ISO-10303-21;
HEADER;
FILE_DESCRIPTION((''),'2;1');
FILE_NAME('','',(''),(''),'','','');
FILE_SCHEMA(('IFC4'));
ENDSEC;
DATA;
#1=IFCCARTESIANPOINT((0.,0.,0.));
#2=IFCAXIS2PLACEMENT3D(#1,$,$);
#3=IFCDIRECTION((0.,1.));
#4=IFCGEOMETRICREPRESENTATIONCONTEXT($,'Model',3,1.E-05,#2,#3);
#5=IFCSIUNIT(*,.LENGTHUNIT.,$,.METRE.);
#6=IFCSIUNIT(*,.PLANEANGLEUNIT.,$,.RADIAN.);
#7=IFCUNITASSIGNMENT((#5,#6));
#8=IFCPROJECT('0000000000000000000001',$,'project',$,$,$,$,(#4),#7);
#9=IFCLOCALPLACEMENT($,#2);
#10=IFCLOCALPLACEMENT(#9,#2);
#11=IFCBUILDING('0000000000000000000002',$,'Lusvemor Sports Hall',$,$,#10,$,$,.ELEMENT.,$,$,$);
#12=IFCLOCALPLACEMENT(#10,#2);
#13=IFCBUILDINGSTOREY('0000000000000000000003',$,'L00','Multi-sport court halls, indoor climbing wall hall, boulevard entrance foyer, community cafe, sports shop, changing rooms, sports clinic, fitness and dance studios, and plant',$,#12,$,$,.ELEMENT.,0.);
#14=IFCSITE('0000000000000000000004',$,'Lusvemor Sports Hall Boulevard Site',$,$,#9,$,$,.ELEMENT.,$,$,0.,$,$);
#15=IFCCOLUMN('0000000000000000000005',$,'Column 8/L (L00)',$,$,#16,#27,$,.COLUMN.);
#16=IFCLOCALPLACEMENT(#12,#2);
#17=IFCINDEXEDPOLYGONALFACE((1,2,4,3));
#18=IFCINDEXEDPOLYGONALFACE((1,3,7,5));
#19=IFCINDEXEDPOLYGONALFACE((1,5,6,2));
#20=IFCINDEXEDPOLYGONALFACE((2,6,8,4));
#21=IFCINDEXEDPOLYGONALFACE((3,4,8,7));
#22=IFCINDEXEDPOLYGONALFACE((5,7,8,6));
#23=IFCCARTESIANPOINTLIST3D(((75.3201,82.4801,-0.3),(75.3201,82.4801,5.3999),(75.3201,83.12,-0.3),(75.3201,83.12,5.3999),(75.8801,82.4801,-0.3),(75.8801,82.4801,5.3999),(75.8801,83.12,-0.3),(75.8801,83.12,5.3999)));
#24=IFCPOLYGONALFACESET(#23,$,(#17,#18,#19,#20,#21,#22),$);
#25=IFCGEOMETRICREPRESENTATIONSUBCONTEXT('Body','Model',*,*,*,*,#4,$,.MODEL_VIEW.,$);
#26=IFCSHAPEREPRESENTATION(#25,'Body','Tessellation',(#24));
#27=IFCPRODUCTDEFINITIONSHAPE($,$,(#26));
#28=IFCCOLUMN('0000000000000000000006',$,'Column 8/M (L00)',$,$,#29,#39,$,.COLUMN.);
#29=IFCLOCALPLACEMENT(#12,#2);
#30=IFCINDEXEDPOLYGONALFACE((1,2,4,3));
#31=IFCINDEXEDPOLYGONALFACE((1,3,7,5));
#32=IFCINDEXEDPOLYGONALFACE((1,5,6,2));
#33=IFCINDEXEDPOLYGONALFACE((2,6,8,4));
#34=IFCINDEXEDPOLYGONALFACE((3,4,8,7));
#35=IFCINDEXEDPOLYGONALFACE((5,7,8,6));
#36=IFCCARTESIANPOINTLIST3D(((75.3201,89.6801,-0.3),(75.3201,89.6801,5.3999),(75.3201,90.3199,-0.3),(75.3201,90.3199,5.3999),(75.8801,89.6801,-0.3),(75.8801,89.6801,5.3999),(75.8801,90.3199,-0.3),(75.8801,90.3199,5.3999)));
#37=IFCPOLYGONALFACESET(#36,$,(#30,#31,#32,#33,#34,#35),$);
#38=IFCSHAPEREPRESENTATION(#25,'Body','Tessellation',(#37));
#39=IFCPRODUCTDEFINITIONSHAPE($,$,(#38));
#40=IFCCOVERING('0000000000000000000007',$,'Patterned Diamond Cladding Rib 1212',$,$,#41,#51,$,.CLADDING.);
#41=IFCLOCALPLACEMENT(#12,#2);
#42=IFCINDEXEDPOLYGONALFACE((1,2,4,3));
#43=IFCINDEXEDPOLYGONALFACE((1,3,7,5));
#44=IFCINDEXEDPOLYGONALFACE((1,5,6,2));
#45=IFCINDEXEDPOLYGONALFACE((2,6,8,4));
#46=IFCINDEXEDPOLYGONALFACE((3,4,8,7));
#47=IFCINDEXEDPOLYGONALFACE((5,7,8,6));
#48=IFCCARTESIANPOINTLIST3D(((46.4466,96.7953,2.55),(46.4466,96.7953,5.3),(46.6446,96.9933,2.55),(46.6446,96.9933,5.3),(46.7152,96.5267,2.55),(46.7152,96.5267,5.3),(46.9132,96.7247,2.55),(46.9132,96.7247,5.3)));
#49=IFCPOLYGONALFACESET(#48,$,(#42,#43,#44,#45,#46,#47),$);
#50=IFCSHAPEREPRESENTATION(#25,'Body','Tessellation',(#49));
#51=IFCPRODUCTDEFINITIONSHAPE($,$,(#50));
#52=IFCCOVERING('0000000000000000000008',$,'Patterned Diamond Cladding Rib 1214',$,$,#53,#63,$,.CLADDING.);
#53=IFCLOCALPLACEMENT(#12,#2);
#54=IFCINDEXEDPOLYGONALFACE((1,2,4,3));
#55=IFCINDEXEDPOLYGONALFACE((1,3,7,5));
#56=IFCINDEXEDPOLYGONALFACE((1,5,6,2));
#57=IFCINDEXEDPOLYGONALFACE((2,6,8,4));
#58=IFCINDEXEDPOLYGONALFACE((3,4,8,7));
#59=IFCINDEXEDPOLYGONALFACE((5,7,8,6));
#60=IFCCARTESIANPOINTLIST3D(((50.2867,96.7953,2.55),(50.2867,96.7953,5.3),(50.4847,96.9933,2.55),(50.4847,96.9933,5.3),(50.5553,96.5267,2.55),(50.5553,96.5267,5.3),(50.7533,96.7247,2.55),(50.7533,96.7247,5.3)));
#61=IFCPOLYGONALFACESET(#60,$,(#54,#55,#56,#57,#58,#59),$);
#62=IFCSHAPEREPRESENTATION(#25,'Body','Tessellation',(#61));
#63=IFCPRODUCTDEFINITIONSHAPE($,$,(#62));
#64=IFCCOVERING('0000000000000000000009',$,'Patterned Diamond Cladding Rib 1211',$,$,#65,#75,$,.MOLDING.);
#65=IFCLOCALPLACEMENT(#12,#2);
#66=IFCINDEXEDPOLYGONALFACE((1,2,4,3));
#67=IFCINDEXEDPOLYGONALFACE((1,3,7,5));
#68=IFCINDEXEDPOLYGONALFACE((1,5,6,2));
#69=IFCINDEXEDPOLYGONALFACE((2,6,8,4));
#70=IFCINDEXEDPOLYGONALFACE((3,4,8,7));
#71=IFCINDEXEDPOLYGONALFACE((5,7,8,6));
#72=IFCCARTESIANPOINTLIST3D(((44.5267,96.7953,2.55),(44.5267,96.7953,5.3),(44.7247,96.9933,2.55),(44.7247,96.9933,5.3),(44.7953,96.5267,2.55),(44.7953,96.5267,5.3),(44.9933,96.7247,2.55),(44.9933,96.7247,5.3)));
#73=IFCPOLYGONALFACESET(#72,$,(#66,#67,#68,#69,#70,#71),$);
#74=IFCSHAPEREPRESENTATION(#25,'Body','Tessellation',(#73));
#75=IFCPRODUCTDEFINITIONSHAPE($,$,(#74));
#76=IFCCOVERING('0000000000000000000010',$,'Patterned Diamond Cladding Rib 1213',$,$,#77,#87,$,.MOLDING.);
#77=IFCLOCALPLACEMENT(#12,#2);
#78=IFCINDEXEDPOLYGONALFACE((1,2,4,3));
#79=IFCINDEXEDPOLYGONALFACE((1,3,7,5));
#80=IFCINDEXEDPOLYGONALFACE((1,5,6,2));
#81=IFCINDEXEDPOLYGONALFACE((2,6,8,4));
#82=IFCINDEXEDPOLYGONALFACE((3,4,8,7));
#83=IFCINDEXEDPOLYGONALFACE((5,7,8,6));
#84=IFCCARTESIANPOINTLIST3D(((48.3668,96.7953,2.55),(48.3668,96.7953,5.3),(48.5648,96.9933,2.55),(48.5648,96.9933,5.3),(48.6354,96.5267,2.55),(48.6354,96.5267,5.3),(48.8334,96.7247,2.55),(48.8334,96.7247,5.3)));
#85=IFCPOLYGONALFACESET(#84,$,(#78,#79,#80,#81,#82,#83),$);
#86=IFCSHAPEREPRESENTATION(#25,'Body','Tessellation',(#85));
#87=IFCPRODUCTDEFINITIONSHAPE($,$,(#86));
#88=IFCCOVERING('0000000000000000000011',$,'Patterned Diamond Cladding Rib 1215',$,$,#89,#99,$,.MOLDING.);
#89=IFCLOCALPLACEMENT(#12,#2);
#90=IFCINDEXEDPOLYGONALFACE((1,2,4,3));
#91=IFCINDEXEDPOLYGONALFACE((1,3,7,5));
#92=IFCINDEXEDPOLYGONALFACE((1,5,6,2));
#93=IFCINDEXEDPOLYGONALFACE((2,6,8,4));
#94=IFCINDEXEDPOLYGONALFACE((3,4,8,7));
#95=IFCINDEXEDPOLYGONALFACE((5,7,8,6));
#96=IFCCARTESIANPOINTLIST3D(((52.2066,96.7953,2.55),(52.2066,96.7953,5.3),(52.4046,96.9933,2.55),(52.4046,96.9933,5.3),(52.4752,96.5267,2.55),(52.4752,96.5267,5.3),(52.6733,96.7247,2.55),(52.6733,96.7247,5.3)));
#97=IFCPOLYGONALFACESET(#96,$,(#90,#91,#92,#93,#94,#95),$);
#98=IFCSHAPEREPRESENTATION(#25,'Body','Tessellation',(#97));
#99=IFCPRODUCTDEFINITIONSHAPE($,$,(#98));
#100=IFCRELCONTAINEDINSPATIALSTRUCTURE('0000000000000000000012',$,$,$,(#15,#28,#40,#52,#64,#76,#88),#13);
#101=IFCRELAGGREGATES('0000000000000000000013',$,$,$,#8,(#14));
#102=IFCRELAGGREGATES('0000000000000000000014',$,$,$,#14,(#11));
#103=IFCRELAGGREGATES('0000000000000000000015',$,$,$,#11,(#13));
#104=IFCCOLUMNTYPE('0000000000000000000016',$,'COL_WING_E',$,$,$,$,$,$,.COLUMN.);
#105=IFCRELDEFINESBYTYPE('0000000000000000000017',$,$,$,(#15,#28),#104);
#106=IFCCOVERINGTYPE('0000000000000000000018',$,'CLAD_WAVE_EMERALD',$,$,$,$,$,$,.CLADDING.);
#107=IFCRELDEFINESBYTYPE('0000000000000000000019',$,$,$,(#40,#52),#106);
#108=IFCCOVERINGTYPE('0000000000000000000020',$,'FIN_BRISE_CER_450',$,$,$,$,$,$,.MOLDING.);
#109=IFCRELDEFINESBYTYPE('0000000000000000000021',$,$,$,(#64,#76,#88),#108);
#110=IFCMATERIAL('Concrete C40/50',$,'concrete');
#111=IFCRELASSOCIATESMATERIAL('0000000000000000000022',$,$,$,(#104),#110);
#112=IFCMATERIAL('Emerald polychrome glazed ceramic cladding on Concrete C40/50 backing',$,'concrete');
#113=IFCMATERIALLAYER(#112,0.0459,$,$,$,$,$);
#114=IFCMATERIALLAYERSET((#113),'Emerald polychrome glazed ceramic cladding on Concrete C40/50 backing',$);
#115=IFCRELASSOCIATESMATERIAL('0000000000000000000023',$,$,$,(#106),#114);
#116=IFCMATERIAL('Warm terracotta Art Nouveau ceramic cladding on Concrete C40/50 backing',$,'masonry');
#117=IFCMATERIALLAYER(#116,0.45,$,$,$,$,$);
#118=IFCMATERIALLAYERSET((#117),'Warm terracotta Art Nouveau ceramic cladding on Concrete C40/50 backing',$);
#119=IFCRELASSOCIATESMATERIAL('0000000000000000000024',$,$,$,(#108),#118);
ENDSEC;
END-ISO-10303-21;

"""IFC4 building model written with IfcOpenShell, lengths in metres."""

from ifc_helpers import new_model, si_unit, direction, frame, origin, origin_2d, place, context, subcontext, project, spatial, rectangle, extrude, material, layer, layer_set, material_profile, profile_set, type_object, element, save


model = new_model("IFC4")

# Units and contexts
model_context = context("Model", 3, precision=1e-05, world=origin(), true_north=direction((0.0, 1.0)))
body_context = subcontext(model_context, "Body", "Model", "MODEL_VIEW")
ifc_project = project(units=[si_unit("LENGTHUNIT", "METRE"), si_unit("PLANEANGLEUNIT", "RADIAN")], contexts=[model_context])

# Site, building, storey
site_placement = place(None, origin())
site = spatial("IfcSite", under=ifc_project, at=site_placement, Name="Lusvemor Sports Hall Boulevard Site", CompositionType="ELEMENT", RefElevation=0.0)
building_placement = place(site_placement, origin())
building = spatial("IfcBuilding", under=site, at=building_placement, Name="Lusvemor Sports Hall", CompositionType="ELEMENT")
storey_placement = place(building_placement, origin())
storey = spatial("IfcBuildingStorey", under=building, at=storey_placement, Name="L00", Description="Multi-sport court halls, indoor climbing wall hall, boulevard entrance foyer, community cafe, sports shop, changing rooms, sports clinic, fitness and dance studios, and plant", CompositionType="ELEMENT", Elevation=0.0)

# Columns
ifc_material_1 = material(Name="Concrete C40/50", Category="concrete")
ifc_material_profile_1 = material_profile(ifc_material_1, rectangle(XDim=0.5601, YDim=0.6399, at=origin_2d()), Name="RC560x640")
ifc_profile_set_1 = profile_set([ifc_material_profile_1], Name="Concrete C40/50")
column_type = type_object("IfcColumnType", Name="COL_WING_E", PredefinedType="COLUMN", material=ifc_profile_set_1)
for number, where, z_axis, x_axis, name in (
    (1, (75.6001, 82.8, -0.3), (0.0, 0.0, 1.0), (1.0, 0.0, 0.0), "Column 8/L (L00)"),
    (2, (75.6001, 90.0, -0.3), (0.0, 0.0, 1.0), (1.0, 0.0, 0.0), "Column 8/M (L00)"),
):
    element("IfcColumn", number, at=place(storey_placement, frame(where, z_axis=z_axis, x_axis=x_axis)), inside=storey, type_object=column_type, Name=name, PredefinedType="COLUMN", context=body_context, shape_type="SweptSolid", body=[
        extrude(rectangle(XDim=0.5601, YDim=0.6399, at=origin_2d()), origin(), (0.0, 0.0, 1.0), 5.7),
    ])

# Coverings
ifc_material_2 = material(Name="Emerald polychrome glazed ceramic cladding on Concrete C40/50 backing", Category="concrete")
ifc_layer_1 = layer(ifc_material_2, 0.0459)
ifc_layer_set_1 = layer_set([ifc_layer_1], Name="Emerald polychrome glazed ceramic cladding on Concrete C40/50 backing")
covering_type_1 = type_object("IfcCoveringType", Name="CLAD_WAVE_EMERALD", PredefinedType="CLADDING", material=ifc_layer_set_1)
for number, where, z_axis, x_axis, name in (
    (3, (46.6799, 96.76, 2.55), (0.0, 0.0, 1.0), (0.707107, 0.707107, 0.0), "Patterned Diamond Cladding Rib 1212"),
    (4, (50.52, 96.76, 2.55), (0.0, 0.0, 1.0), (0.707107, 0.707107, 0.0), "Patterned Diamond Cladding Rib 1214"),
):
    element("IfcCovering", number, at=place(storey_placement, frame(where, z_axis=z_axis, x_axis=x_axis)), inside=storey, type_object=covering_type_1, Name=name, PredefinedType="CLADDING", context=body_context, shape_type="SweptSolid", body=[
        extrude(rectangle(XDim=0.28, YDim=0.3799, at=origin_2d()), origin(), (0.0, 0.0, 1.0), 2.75),
    ])
ifc_material_3 = material(Name="Warm terracotta Art Nouveau ceramic cladding on Concrete C40/50 backing", Category="masonry")
ifc_layer_2 = layer(ifc_material_3, 0.45)
ifc_layer_set_2 = layer_set([ifc_layer_2], Name="Warm terracotta Art Nouveau ceramic cladding on Concrete C40/50 backing")
covering_type_2 = type_object("IfcCoveringType", Name="FIN_BRISE_CER_450", PredefinedType="MOLDING", material=ifc_layer_set_2)
for number, where, z_axis, x_axis, name in (
    (5, (44.76, 96.76, 2.55), (0.0, 0.0, 1.0), (0.707107, 0.707107, 0.0), "Patterned Diamond Cladding Rib 1211"),
    (6, (48.6001, 96.76, 2.55), (0.0, 0.0, 1.0), (0.707107, 0.707107, 0.0), "Patterned Diamond Cladding Rib 1213"),
    (7, (52.4399, 96.76, 2.55), (0.0, 0.0, 1.0), (0.707107, 0.707107, 0.0), "Patterned Diamond Cladding Rib 1215"),
):
    element("IfcCovering", number, at=place(storey_placement, frame(where, z_axis=z_axis, x_axis=x_axis)), inside=storey, type_object=covering_type_2, Name=name, PredefinedType="MOLDING", context=body_context, shape_type="SweptSolid", body=[
        extrude(rectangle(XDim=0.28, YDim=0.3799, at=origin_2d()), origin(), (0.0, 0.0, 1.0), 2.75),
    ])

save(model, "model.ifc")
